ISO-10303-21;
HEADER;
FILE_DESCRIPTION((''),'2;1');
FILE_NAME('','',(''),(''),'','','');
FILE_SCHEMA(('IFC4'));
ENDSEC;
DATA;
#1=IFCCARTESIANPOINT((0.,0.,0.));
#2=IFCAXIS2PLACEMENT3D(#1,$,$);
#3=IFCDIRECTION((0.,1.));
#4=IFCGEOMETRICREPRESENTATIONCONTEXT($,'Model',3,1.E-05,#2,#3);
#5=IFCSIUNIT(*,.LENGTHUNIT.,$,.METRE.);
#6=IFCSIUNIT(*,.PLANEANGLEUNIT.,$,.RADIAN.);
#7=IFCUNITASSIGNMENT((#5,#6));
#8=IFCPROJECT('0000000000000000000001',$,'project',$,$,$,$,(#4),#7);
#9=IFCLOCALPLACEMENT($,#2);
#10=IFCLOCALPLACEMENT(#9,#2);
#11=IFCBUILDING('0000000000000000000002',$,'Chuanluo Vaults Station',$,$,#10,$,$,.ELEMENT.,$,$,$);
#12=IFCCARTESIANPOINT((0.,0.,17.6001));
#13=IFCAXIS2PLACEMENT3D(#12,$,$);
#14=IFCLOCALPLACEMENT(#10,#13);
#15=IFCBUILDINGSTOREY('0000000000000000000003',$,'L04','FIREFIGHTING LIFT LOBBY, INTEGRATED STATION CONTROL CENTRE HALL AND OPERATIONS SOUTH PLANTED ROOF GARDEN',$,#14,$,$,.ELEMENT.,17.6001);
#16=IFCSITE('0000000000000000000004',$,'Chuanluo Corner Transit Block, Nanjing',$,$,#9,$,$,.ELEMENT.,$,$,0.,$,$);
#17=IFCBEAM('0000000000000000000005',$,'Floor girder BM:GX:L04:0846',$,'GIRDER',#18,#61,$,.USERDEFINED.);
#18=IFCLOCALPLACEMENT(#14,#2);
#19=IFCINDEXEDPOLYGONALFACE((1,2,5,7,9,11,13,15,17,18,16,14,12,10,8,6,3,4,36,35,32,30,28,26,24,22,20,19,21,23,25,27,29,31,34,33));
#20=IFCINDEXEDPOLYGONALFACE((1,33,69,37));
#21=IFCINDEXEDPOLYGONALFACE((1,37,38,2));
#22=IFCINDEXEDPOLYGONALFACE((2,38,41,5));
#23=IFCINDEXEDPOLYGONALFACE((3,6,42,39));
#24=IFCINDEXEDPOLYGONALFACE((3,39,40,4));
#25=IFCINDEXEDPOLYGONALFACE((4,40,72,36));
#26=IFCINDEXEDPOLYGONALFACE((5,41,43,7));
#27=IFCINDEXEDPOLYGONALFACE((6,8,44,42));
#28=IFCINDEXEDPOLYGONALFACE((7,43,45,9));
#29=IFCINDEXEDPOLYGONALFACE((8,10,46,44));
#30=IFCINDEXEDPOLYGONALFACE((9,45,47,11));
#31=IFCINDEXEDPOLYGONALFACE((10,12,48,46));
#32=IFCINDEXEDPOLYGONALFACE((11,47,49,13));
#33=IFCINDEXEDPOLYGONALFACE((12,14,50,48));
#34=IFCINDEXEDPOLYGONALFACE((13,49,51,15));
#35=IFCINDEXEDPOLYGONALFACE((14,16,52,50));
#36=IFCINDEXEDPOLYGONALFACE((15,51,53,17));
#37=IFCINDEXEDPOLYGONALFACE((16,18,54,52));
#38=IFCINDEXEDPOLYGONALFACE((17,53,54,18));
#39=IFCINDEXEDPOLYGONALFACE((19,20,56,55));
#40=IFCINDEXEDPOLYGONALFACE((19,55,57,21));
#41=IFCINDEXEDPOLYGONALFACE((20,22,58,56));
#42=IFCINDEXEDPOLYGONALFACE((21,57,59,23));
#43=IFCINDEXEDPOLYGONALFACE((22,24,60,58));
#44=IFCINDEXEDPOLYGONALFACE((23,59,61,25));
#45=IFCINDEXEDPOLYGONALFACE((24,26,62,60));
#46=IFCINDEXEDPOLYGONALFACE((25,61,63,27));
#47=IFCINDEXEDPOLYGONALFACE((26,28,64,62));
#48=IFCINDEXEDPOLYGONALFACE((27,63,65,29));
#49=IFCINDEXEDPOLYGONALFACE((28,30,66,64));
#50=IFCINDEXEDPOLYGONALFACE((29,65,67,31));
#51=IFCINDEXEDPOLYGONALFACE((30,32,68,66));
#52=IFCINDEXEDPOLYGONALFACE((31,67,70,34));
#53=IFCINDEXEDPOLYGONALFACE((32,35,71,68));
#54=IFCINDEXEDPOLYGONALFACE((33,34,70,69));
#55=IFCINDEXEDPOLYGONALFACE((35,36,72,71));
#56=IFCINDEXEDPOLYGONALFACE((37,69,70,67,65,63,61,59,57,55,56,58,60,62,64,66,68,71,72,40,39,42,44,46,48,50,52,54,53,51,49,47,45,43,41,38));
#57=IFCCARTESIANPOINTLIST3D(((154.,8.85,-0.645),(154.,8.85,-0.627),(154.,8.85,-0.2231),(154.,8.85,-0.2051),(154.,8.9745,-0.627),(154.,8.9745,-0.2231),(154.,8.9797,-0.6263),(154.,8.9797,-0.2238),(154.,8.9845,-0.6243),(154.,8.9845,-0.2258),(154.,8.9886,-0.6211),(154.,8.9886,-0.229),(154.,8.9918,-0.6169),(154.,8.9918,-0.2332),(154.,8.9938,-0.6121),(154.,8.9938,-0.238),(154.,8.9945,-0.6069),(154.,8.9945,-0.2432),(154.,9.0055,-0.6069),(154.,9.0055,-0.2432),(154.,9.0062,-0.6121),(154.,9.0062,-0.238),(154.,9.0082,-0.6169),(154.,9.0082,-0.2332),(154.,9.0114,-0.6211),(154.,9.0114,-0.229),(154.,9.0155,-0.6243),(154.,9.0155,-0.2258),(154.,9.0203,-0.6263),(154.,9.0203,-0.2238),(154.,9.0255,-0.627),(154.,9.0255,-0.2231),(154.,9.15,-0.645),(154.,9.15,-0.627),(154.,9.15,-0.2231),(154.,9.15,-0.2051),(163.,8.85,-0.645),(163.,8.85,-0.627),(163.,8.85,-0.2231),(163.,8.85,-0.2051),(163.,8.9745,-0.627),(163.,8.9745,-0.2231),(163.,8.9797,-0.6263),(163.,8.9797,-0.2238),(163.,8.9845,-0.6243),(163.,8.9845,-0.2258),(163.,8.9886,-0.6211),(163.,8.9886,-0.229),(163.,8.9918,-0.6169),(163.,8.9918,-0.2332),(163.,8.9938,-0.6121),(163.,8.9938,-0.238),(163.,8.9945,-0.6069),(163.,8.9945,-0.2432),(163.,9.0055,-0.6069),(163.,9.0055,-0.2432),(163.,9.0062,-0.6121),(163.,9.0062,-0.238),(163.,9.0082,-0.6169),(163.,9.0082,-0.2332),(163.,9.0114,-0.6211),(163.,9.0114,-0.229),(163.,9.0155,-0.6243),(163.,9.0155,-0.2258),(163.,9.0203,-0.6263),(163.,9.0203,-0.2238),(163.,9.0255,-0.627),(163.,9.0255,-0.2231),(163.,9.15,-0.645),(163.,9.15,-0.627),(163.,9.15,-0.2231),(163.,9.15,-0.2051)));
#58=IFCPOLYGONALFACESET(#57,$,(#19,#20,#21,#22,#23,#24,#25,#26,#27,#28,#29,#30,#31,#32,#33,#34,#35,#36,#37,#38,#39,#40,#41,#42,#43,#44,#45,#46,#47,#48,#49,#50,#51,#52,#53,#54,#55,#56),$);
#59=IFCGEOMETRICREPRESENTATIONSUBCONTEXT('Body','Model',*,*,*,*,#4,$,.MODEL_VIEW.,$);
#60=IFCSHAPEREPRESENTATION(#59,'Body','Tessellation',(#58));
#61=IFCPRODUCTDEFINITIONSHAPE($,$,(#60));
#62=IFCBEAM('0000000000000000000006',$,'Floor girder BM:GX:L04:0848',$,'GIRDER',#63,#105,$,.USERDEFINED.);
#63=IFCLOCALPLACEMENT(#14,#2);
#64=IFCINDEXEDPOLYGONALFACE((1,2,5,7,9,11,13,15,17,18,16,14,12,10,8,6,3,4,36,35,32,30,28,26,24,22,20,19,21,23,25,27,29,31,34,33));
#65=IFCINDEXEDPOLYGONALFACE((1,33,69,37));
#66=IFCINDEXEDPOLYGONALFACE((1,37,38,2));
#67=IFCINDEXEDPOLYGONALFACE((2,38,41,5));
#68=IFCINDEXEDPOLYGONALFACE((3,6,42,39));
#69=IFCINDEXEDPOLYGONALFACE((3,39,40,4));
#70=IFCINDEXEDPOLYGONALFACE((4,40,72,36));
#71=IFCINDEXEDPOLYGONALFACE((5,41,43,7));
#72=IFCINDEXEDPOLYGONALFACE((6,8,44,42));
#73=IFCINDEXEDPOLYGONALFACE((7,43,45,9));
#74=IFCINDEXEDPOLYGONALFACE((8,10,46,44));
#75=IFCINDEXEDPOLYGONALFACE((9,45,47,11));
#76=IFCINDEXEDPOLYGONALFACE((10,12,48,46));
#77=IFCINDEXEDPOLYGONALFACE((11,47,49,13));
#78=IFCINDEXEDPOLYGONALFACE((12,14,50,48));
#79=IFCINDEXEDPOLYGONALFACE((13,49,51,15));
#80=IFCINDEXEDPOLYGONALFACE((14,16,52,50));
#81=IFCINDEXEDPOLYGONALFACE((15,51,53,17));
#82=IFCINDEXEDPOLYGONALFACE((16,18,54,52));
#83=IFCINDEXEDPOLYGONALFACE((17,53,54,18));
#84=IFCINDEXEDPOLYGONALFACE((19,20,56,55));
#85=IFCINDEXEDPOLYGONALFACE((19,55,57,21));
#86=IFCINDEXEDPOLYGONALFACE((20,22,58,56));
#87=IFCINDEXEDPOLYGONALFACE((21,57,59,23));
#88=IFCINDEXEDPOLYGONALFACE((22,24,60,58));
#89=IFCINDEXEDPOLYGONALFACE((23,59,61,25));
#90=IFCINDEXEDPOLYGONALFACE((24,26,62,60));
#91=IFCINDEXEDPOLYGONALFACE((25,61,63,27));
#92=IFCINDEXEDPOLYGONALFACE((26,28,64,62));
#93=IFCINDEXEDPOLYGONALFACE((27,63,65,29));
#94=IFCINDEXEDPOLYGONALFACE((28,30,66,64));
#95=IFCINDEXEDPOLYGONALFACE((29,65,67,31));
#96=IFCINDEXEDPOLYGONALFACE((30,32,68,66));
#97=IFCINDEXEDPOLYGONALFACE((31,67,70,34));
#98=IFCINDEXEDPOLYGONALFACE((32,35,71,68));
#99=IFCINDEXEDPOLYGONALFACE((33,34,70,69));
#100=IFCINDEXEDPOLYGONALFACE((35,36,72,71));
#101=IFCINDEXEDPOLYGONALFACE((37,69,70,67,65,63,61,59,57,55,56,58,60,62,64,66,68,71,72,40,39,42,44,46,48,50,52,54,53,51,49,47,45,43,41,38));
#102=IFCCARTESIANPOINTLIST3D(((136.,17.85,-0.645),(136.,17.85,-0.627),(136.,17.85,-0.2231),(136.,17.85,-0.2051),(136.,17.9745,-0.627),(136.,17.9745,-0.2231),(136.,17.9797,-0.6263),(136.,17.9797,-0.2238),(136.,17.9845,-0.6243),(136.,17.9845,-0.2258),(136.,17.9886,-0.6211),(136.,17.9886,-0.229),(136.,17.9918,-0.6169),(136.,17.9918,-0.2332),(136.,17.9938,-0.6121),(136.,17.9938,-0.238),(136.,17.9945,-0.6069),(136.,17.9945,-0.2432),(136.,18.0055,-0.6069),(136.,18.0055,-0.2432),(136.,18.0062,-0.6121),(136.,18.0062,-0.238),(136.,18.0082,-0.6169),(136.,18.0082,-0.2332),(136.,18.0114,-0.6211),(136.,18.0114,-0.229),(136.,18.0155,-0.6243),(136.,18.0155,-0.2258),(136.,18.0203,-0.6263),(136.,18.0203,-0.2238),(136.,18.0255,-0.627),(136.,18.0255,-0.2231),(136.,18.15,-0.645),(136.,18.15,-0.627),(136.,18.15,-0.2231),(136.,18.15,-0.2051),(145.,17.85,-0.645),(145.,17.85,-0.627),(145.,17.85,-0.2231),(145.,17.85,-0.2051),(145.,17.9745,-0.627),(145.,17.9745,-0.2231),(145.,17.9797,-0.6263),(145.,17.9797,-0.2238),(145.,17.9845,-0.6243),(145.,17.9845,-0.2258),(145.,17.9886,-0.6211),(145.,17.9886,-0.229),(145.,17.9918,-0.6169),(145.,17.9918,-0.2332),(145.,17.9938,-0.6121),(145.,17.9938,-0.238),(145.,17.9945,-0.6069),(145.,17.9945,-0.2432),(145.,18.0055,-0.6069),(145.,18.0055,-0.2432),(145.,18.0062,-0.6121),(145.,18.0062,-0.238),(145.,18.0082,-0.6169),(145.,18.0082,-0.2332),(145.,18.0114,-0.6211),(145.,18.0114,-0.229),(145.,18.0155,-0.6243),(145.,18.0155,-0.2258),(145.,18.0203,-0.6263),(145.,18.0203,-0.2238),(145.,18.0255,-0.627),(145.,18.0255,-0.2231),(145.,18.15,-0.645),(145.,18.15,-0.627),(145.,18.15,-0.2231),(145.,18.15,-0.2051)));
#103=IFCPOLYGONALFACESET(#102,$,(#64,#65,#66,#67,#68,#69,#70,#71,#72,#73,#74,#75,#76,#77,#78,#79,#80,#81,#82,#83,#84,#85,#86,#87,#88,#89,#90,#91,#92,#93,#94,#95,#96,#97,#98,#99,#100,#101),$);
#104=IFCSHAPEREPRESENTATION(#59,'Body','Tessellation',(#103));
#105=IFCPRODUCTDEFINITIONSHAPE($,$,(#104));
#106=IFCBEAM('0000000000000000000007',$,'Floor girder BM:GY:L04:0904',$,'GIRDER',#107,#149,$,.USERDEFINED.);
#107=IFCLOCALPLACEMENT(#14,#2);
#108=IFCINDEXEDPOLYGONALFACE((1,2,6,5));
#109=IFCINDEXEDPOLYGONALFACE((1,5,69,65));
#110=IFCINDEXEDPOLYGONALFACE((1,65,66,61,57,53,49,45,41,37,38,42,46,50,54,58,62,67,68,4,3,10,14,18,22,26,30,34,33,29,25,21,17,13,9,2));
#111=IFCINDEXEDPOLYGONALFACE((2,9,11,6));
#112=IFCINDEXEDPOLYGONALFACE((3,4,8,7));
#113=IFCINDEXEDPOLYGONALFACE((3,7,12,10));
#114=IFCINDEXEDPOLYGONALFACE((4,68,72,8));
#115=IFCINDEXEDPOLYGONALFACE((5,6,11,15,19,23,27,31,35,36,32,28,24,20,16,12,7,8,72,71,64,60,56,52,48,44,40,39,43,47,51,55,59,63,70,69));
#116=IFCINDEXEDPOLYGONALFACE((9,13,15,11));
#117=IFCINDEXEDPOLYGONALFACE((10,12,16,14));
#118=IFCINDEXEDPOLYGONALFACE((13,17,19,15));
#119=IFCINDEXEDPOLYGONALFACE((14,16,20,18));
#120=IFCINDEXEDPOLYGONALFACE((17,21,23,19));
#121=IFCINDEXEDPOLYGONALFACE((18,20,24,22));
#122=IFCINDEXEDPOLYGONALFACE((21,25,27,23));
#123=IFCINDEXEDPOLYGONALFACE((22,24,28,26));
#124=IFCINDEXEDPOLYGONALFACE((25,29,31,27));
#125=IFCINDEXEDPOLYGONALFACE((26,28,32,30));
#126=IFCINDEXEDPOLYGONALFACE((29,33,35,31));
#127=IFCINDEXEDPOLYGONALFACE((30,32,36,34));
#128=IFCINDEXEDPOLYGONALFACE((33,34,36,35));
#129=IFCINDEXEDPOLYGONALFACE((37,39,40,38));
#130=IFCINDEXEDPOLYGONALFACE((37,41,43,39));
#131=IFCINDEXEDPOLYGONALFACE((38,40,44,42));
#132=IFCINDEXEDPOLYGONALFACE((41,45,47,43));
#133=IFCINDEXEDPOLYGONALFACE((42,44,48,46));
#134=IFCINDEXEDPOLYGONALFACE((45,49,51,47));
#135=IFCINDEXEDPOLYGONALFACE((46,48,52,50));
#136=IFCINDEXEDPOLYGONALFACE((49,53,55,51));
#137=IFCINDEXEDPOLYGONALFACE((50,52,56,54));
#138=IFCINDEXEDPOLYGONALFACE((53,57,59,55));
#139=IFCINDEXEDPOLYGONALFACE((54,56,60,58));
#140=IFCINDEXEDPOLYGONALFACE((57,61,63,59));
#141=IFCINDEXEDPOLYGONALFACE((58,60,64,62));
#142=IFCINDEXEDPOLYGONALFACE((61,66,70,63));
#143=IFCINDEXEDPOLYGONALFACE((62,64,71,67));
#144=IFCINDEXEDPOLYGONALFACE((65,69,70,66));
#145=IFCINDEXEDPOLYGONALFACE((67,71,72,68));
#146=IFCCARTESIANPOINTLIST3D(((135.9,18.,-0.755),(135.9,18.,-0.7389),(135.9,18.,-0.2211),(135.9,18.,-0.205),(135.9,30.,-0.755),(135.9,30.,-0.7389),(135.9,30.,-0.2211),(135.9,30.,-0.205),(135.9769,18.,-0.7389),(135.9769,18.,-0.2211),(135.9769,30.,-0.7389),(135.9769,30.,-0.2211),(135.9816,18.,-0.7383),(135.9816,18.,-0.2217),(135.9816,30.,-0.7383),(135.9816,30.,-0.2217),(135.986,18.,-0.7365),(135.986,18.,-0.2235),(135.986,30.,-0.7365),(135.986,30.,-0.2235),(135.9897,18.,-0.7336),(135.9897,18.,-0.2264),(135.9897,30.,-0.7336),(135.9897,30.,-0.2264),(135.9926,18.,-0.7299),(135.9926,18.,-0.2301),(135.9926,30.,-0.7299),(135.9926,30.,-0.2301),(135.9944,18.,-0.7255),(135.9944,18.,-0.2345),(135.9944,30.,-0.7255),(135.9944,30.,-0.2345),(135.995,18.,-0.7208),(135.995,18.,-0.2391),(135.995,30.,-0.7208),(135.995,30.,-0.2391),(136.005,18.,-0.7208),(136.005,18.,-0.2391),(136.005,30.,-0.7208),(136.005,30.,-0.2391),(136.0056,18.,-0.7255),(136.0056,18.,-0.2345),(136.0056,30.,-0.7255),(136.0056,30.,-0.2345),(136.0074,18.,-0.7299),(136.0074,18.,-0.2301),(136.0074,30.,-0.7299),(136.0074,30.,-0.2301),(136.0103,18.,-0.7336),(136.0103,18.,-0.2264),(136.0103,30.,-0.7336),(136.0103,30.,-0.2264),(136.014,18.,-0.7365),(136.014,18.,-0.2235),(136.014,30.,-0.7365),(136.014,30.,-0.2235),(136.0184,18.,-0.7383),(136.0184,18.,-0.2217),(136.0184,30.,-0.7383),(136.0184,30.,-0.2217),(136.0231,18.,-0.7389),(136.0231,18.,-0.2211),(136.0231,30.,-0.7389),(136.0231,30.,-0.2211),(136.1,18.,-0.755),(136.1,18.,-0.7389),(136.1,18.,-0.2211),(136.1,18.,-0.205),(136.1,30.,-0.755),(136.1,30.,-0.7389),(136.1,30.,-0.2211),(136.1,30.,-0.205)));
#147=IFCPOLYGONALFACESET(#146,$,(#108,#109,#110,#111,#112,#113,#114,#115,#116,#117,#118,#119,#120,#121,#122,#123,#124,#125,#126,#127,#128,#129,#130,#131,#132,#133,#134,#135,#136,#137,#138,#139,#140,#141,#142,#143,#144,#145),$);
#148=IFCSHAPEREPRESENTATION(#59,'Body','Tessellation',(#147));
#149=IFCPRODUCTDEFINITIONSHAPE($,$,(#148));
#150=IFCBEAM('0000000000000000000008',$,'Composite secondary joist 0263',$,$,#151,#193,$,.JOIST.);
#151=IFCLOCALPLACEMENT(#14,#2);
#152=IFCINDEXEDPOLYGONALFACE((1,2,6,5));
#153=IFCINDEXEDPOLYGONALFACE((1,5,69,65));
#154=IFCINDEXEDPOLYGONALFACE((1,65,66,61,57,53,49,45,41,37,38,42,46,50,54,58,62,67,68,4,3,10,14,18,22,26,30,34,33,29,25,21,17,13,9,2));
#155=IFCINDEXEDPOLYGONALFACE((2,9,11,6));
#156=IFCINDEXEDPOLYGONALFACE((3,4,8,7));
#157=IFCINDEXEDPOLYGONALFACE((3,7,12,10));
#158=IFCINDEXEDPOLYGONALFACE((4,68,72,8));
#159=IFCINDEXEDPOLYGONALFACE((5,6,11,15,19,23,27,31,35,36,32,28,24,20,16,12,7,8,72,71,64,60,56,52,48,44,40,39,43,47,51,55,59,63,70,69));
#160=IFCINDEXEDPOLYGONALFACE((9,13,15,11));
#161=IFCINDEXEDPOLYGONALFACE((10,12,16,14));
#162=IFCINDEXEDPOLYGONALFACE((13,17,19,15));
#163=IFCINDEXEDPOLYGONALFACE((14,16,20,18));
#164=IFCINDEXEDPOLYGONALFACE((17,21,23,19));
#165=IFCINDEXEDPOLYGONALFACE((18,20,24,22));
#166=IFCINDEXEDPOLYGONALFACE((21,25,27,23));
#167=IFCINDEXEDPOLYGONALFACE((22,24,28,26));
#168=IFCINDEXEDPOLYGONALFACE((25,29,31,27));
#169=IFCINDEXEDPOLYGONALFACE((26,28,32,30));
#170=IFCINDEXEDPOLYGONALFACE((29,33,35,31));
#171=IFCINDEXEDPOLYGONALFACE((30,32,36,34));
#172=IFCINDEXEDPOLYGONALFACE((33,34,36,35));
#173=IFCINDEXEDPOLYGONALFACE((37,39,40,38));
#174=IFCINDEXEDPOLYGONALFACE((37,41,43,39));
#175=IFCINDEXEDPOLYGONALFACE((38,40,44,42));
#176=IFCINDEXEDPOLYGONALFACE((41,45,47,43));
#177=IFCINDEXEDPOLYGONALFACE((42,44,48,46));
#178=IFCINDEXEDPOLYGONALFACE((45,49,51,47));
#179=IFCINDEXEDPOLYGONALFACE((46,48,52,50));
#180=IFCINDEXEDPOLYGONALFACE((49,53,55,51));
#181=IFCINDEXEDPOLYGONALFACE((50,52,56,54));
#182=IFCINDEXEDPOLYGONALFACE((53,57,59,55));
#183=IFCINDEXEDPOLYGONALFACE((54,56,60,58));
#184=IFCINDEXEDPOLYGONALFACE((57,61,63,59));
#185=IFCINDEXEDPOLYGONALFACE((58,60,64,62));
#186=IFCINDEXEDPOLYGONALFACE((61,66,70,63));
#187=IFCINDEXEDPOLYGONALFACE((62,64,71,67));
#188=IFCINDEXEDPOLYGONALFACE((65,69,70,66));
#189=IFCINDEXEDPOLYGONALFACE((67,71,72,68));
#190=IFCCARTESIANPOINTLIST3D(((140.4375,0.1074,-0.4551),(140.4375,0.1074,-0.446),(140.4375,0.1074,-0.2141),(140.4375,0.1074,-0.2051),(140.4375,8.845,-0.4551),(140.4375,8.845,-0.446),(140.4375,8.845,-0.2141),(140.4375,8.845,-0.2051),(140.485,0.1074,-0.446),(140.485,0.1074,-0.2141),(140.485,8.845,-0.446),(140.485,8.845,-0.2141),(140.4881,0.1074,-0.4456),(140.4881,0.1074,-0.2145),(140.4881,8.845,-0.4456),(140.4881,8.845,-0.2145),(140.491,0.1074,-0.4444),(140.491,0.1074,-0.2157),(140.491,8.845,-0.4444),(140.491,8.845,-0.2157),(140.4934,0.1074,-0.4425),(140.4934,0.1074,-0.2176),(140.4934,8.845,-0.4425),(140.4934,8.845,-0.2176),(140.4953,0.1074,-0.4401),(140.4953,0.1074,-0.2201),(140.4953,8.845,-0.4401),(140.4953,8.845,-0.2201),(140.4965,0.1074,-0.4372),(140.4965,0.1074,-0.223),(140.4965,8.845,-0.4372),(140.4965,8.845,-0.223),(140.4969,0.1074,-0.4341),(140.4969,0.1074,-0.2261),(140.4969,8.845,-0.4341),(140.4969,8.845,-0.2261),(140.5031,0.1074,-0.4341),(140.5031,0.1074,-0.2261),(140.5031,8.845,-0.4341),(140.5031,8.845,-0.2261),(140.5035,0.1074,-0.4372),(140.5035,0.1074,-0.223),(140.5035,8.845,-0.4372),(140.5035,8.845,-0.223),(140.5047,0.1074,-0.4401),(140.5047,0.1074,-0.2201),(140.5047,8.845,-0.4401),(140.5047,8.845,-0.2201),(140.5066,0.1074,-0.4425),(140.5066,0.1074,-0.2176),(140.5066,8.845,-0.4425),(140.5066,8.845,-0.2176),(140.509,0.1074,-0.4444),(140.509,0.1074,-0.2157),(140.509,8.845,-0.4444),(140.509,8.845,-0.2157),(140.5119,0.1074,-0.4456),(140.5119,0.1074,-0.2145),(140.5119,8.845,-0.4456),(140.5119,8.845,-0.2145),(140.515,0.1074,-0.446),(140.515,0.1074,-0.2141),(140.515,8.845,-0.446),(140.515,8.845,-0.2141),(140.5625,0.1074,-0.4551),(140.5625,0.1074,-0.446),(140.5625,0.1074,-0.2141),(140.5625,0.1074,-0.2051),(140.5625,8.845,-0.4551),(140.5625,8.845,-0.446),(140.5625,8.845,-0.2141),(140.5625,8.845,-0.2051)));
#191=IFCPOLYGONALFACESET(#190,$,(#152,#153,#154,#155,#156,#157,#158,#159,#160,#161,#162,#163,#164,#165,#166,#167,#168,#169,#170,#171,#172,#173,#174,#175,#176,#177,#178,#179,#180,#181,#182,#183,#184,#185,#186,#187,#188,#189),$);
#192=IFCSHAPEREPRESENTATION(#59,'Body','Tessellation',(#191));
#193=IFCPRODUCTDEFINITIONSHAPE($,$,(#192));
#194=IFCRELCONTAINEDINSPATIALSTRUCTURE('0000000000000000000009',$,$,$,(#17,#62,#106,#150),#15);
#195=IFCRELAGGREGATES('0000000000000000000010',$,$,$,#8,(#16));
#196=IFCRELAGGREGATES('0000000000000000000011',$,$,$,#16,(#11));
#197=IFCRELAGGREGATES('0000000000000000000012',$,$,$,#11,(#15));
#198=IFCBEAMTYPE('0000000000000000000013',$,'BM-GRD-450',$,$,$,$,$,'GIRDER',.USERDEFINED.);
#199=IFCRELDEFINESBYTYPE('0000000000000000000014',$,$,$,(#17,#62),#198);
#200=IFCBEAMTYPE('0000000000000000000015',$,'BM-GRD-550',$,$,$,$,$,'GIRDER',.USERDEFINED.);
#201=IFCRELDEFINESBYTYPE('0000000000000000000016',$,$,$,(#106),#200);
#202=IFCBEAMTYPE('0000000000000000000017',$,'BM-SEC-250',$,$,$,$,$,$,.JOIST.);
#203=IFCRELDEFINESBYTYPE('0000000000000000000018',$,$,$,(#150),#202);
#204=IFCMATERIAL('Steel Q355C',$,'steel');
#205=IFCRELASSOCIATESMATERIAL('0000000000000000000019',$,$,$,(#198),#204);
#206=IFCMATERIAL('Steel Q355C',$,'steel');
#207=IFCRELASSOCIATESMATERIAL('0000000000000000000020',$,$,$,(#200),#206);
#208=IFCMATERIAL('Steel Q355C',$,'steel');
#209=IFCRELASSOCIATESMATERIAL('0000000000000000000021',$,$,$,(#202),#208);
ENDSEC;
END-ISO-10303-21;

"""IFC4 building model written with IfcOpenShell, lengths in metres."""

from ifc_helpers import new_model, si_unit, direction, frame, origin, origin_2d, place, context, subcontext, project, spatial, i_section, extrude, material, material_profile, profile_set, type_object, element, save


model = new_model("IFC4")

# Units and contexts
model_context = context("Model", 3, precision=1e-05, world=origin(), true_north=direction((0.0, 1.0)))
body_context = subcontext(model_context, "Body", "Model", "MODEL_VIEW")
ifc_project = project(units=[si_unit("LENGTHUNIT", "METRE"), si_unit("PLANEANGLEUNIT", "RADIAN")], contexts=[model_context])

# Site, building, storey
site_placement = place(None, origin())
site = spatial("IfcSite", under=ifc_project, at=site_placement, Name="Chuanluo Corner Transit Block, Nanjing", CompositionType="ELEMENT", RefElevation=0.0)
building_placement = place(site_placement, origin())
building = spatial("IfcBuilding", under=site, at=building_placement, Name="Chuanluo Vaults Station", CompositionType="ELEMENT")
storey_placement = place(building_placement, frame((0.0, 0.0, 17.6001)))
storey = spatial("IfcBuildingStorey", under=building, at=storey_placement, Name="L04", Description="FIREFIGHTING LIFT LOBBY, INTEGRATED STATION CONTROL CENTRE HALL AND OPERATIONS SOUTH PLANTED ROOF GARDEN", CompositionType="ELEMENT", Elevation=17.6001)

# Beams
ifc_material_1 = material(Name="Steel Q355C", Category="steel")
ifc_material_profile_1 = material_profile(ifc_material_1, i_section(OverallWidth=0.3, OverallDepth=0.4399, WebThickness=0.011, FlangeThickness=0.0181, FilletRadius=0.02, at=origin_2d()))
ifc_profile_set_1 = profile_set([ifc_material_profile_1], Name="Steel Q355C")
beam_type_1 = type_object("IfcBeamType", Name="BM-GRD-450", ElementType="GIRDER", PredefinedType="USERDEFINED", material=ifc_profile_set_1)
for number, where, z_axis, x_axis, name in (
    (1, (154.0, 9.0, -0.425), (1.0, 0.0, 0.0), (0.0, 1.0, 0.0), "Floor girder BM:GX:L04:0846"),
    (2, (136.0, 18.0, -0.425), (1.0, 0.0, 0.0), (0.0, 1.0, 0.0), "Floor girder BM:GX:L04:0848"),
):
    element("IfcBeam", number, at=place(storey_placement, frame(where, z_axis=z_axis, x_axis=x_axis)), inside=storey, type_object=beam_type_1, Name=name, ObjectType="GIRDER", PredefinedType="USERDEFINED", context=body_context, shape_type="SweptSolid", body=[
        extrude(i_section(OverallWidth=0.3, OverallDepth=0.4399, WebThickness=0.011, FlangeThickness=0.0181, FilletRadius=0.02, at=origin_2d()), origin(), (0.0, 0.0, 1.0), 9.0),
    ])
ifc_material_2 = material(Name="Steel Q355C", Category="steel")
ifc_material_profile_2 = material_profile(ifc_material_2, i_section(OverallWidth=0.2, OverallDepth=0.55, WebThickness=0.01, FlangeThickness=0.0161, FilletRadius=0.0181, at=origin_2d()))
ifc_profile_set_2 = profile_set([ifc_material_profile_2], Name="Steel Q355C")
beam_type_2 = type_object("IfcBeamType", Name="BM-GRD-550", ElementType="GIRDER", PredefinedType="USERDEFINED", material=ifc_profile_set_2)
beam_1_placement = place(storey_placement, frame((136.0, 18.0, -0.48), z_axis=(0.0, 1.0, 0.0), x_axis=(-1.0, 0.0, 0.0)))
element("IfcBeam", 3, at=beam_1_placement, inside=storey, type_object=beam_type_2, Name="Floor girder BM:GY:L04:0904", ObjectType="GIRDER", PredefinedType="USERDEFINED", context=body_context, shape_type="SweptSolid", body=[
    extrude(i_section(OverallWidth=0.2, OverallDepth=0.55, WebThickness=0.01, FlangeThickness=0.0161, FilletRadius=0.0181, at=origin_2d()), origin(), (0.0, 0.0, 1.0), 12.0),
])
ifc_material_3 = material(Name="Steel Q355C", Category="steel")
ifc_material_profile_3 = material_profile(ifc_material_3, i_section(OverallWidth=0.125, OverallDepth=0.25, WebThickness=0.0061, FlangeThickness=0.009, FilletRadius=0.012, at=origin_2d()))
ifc_profile_set_3 = profile_set([ifc_material_profile_3], Name="Steel Q355C")
beam_type_3 = type_object("IfcBeamType", Name="BM-SEC-250", PredefinedType="JOIST", material=ifc_profile_set_3)
beam_2_placement = place(storey_placement, frame((140.5, 0.1074, -0.3301), z_axis=(0.0, 1.0, 0.0), x_axis=(-1.0, 0.0, 0.0)))
element("IfcBeam", 4, at=beam_2_placement, inside=storey, type_object=beam_type_3, Name="Composite secondary joist 0263", PredefinedType="JOIST", context=body_context, shape_type="SweptSolid", body=[
    extrude(i_section(OverallWidth=0.125, OverallDepth=0.25, WebThickness=0.0061, FlangeThickness=0.009, FilletRadius=0.012, at=origin_2d()), origin(), (0.0, 0.0, 1.0), 8.7375),
])

save(model, "model.ifc")
